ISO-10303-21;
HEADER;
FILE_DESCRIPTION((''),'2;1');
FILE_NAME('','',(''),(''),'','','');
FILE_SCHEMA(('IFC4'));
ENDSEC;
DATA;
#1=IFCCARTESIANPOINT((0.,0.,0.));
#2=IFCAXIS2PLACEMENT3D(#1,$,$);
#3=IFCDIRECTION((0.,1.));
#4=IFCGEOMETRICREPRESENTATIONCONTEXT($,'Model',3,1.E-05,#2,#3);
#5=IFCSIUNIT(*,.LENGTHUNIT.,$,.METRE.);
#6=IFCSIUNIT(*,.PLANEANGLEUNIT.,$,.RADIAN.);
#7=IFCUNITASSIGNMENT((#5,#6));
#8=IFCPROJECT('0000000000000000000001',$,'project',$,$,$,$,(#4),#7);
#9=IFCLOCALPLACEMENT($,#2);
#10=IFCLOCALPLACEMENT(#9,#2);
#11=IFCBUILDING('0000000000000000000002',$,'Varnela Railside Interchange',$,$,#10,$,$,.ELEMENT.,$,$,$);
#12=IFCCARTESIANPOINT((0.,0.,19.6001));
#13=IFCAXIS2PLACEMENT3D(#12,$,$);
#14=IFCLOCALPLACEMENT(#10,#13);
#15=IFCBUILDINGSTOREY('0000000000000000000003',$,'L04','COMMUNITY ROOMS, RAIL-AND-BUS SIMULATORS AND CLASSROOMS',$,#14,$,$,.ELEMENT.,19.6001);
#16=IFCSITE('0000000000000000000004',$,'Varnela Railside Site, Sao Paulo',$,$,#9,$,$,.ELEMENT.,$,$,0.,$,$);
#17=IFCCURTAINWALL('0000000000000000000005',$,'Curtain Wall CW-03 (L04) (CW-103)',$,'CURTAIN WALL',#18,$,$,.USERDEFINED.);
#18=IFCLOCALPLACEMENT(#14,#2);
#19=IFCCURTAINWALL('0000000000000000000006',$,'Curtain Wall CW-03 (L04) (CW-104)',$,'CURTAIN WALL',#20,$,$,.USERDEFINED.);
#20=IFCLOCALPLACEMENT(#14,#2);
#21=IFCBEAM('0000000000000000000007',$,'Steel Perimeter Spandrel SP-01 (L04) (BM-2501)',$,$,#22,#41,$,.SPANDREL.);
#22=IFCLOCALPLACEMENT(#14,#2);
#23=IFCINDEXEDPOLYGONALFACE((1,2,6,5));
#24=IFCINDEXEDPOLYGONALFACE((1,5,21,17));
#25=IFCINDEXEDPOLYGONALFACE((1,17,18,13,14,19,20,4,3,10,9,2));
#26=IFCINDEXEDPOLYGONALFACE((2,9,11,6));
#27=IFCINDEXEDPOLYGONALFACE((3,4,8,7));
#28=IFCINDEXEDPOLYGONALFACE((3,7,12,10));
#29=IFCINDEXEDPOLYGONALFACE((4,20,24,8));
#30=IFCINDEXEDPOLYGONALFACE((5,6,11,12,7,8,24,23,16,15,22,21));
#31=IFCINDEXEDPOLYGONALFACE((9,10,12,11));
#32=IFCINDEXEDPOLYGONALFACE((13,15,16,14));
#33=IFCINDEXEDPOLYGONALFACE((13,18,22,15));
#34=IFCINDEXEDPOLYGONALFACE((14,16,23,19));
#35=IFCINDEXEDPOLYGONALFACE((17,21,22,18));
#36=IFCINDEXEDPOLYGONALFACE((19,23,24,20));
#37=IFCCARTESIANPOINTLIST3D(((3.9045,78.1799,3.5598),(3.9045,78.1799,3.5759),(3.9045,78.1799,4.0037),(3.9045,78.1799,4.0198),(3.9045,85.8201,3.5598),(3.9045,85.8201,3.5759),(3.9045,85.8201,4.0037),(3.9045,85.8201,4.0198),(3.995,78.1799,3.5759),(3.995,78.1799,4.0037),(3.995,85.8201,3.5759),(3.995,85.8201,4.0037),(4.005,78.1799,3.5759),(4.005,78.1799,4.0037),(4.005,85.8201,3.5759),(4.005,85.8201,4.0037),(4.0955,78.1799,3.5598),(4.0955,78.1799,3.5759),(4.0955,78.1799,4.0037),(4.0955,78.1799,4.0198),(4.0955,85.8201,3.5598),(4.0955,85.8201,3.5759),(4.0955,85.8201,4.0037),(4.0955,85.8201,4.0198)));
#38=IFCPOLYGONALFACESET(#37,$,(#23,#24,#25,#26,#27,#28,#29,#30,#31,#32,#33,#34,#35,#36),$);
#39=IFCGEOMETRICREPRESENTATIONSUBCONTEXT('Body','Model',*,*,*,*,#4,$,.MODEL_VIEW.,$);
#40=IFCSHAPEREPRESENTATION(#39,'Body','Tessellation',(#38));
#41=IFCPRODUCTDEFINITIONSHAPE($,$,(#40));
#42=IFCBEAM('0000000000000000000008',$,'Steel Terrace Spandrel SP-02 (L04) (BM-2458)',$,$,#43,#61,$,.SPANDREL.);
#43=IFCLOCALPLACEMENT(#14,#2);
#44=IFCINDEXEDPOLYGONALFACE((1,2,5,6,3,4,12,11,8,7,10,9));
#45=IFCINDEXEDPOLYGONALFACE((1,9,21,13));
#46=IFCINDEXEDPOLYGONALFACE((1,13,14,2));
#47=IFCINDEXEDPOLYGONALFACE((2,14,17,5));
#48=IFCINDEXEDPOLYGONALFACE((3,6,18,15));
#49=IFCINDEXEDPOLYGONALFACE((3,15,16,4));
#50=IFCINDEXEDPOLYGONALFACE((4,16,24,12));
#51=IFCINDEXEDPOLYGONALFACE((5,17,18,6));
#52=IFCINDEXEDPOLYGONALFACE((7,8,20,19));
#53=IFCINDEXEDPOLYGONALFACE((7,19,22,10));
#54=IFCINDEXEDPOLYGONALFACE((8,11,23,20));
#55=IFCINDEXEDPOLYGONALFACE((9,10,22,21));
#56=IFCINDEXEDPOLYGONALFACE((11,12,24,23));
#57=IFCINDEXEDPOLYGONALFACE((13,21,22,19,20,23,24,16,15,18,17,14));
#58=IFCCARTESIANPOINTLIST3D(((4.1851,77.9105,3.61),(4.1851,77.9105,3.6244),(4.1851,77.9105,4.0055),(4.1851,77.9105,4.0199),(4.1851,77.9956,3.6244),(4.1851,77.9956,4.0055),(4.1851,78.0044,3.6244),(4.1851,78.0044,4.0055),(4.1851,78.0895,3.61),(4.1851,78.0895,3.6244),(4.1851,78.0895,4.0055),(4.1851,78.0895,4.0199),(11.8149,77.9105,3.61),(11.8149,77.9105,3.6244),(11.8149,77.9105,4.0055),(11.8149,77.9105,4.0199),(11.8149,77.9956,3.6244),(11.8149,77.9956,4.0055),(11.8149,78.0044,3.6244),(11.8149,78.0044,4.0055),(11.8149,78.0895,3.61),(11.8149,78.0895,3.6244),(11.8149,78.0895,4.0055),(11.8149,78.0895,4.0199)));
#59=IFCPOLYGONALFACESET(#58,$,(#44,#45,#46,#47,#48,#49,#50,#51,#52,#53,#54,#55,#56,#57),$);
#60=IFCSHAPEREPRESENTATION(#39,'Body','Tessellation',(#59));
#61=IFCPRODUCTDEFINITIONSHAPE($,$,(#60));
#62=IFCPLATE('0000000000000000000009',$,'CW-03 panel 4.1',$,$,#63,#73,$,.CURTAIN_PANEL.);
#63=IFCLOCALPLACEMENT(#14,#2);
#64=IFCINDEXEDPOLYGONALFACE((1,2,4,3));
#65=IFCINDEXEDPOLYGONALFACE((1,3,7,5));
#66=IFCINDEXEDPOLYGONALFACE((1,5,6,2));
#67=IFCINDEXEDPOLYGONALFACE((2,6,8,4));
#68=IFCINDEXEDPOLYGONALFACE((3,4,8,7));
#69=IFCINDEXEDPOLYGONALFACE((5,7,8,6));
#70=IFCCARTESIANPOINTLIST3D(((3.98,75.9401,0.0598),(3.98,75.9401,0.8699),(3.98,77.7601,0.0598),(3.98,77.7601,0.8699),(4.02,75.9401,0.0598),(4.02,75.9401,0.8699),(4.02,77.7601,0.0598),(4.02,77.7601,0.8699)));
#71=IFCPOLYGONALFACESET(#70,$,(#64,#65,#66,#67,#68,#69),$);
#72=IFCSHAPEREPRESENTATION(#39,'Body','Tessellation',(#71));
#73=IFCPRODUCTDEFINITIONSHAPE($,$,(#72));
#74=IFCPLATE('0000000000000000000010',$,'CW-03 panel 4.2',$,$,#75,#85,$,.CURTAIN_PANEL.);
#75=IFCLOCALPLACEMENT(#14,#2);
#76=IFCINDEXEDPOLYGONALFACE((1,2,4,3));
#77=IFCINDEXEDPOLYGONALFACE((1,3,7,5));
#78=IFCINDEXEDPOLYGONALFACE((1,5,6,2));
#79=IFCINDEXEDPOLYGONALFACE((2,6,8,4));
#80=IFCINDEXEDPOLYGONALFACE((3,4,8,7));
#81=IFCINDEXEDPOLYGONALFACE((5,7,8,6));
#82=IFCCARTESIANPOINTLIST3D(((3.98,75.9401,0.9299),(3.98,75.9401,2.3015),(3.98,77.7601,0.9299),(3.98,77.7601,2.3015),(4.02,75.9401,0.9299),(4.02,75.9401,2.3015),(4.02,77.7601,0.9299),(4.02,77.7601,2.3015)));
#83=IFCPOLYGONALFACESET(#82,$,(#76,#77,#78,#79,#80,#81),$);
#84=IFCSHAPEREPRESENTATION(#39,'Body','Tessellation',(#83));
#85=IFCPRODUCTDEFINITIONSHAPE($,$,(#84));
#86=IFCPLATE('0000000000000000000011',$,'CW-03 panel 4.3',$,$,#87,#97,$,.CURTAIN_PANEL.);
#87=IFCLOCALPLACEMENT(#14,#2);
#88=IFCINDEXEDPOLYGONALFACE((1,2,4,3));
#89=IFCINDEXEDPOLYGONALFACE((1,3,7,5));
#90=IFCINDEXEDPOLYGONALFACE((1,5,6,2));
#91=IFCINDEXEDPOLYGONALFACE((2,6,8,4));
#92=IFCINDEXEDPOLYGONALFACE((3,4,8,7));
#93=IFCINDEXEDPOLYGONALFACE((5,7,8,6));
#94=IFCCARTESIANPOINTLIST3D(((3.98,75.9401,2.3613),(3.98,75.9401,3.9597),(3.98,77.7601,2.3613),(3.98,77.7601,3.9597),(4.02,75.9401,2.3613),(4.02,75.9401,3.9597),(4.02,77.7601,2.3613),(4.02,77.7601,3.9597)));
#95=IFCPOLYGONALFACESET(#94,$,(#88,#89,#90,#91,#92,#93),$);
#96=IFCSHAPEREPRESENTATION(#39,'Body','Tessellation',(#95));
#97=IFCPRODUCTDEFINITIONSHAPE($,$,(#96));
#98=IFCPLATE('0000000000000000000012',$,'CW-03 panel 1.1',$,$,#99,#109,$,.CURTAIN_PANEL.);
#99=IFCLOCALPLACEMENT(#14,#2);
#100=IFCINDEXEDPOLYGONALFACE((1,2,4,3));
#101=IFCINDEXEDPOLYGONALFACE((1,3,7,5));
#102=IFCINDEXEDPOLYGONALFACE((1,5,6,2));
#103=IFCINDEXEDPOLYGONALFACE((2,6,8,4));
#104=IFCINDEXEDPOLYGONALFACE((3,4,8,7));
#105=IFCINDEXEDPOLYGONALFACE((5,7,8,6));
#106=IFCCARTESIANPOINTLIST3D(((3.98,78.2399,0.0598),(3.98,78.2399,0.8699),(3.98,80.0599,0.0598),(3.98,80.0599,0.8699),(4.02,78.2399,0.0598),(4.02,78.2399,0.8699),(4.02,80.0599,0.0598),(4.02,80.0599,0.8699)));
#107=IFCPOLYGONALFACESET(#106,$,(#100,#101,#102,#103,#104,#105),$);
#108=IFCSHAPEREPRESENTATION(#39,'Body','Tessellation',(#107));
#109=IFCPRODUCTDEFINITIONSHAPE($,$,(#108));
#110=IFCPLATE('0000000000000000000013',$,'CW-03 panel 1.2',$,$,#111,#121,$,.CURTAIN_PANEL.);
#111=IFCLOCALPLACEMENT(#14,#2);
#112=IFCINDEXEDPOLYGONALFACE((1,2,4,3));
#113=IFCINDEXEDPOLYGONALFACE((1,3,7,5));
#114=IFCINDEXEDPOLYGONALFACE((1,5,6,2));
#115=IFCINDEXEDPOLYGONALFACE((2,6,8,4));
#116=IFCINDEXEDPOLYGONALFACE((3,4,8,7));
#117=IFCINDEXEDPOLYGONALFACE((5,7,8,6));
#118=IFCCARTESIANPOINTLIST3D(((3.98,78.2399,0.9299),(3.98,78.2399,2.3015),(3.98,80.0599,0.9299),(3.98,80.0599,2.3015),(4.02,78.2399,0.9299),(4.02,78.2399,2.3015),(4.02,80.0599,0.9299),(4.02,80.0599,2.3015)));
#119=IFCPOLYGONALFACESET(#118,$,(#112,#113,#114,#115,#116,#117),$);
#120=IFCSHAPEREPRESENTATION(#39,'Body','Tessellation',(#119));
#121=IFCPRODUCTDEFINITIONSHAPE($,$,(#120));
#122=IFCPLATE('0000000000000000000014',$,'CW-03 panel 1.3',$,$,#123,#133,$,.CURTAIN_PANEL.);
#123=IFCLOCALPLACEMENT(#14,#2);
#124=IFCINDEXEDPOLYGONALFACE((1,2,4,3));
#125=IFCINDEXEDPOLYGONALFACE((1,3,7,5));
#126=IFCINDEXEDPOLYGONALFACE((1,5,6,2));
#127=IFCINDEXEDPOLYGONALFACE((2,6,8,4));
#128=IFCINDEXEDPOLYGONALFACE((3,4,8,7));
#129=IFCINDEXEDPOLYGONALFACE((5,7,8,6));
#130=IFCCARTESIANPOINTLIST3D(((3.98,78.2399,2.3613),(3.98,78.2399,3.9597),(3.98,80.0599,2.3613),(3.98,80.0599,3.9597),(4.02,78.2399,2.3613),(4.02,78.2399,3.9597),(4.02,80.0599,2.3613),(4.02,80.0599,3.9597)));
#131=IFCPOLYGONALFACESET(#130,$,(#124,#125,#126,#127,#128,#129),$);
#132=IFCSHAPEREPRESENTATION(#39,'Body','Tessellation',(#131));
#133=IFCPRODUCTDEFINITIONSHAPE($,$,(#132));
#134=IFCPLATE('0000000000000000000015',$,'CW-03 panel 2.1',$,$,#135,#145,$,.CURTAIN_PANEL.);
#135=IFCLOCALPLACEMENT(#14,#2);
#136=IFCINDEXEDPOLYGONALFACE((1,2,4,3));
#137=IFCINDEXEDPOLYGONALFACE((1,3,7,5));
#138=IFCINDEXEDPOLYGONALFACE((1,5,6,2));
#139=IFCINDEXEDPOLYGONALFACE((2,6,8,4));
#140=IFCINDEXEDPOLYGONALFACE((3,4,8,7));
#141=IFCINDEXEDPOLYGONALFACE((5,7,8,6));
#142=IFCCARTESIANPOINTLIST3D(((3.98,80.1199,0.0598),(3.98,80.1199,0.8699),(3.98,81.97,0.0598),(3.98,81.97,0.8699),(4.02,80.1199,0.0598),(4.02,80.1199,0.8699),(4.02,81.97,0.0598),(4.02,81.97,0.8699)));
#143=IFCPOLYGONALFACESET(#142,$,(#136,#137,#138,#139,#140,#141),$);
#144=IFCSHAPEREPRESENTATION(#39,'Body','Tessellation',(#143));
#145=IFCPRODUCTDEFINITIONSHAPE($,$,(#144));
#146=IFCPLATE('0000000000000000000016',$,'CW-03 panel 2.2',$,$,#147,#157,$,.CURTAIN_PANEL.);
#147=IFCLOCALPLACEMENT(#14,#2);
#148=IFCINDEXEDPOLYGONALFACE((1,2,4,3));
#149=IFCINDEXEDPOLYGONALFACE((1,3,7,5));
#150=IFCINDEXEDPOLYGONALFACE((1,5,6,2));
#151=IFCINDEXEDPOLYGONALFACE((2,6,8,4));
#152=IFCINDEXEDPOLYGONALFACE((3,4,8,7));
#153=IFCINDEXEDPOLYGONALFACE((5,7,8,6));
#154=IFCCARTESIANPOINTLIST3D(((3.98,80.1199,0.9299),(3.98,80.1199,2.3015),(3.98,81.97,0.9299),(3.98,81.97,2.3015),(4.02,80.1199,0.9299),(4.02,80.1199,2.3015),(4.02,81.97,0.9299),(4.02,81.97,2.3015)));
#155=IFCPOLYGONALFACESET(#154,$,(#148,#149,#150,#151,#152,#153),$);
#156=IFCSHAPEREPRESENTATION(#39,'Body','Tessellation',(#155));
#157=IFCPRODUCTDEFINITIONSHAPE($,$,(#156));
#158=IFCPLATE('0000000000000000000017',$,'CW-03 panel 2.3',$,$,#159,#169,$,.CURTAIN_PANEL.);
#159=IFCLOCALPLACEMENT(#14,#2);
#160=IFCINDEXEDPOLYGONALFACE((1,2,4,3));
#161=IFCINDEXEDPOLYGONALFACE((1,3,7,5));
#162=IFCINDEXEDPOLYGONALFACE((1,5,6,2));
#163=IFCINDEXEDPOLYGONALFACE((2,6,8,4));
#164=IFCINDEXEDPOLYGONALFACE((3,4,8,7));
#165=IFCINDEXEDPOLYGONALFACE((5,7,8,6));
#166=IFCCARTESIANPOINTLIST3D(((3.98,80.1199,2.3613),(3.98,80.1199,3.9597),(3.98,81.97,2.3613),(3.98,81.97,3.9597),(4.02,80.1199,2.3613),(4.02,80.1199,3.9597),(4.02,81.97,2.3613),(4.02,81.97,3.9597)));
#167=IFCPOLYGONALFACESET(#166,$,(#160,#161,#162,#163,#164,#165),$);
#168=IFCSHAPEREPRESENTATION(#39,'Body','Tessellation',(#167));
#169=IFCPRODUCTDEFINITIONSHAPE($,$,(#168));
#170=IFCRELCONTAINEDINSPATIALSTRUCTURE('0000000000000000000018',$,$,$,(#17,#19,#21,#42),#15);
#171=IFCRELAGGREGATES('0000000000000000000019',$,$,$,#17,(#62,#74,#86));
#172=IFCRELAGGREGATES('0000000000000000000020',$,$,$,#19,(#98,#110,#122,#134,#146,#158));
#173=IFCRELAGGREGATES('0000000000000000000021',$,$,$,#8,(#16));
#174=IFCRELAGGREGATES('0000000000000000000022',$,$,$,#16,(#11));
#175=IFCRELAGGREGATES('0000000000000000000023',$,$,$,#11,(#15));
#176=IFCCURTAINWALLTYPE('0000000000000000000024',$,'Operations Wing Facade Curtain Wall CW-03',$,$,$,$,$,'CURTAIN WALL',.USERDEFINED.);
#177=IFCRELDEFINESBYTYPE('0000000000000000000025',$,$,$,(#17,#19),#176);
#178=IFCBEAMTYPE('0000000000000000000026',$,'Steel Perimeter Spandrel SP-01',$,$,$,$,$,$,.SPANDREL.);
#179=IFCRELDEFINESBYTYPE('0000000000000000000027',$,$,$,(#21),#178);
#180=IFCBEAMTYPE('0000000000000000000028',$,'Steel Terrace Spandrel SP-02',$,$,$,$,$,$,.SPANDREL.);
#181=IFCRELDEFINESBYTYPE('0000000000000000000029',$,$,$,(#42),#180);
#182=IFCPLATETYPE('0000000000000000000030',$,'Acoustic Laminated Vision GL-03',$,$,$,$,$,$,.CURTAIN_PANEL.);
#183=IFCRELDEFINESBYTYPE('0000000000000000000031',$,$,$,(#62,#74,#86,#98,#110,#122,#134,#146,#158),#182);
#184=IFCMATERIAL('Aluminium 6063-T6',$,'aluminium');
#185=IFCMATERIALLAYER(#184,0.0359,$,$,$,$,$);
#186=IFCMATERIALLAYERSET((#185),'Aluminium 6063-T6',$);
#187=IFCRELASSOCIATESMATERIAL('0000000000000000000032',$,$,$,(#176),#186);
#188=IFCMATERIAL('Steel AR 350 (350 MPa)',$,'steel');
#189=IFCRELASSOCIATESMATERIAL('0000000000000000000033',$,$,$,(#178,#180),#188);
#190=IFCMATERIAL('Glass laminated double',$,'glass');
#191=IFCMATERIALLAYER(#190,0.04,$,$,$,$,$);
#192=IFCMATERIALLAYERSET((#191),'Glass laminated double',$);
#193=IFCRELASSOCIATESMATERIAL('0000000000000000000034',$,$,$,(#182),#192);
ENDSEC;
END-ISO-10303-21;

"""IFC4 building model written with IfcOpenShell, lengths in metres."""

from ifc_helpers import new_model, si_unit, direction, frame, origin, origin_2d, place, context, subcontext, project, spatial, rectangle, i_section, extrude, material, layer, layer_set, material_profile, profile_set, type_object, element, aggregate, save


model = new_model("IFC4")

# Units and contexts
model_context = context("Model", 3, precision=1e-05, world=origin(), true_north=direction((0.0, 1.0)))
body_context = subcontext(model_context, "Body", "Model", "MODEL_VIEW")
ifc_project = project(units=[si_unit("LENGTHUNIT", "METRE"), si_unit("PLANEANGLEUNIT", "RADIAN")], contexts=[model_context])

# Site, building, storey
site_placement = place(None, origin())
site = spatial("IfcSite", under=ifc_project, at=site_placement, Name="Varnela Railside Site, Sao Paulo", CompositionType="ELEMENT", RefElevation=0.0)
building_placement = place(site_placement, origin())
building = spatial("IfcBuilding", under=site, at=building_placement, Name="Varnela Railside Interchange", CompositionType="ELEMENT")
storey_placement = place(building_placement, frame((0.0, 0.0, 19.6001)))
storey = spatial("IfcBuildingStorey", under=building, at=storey_placement, Name="L04", Description="COMMUNITY ROOMS, RAIL-AND-BUS SIMULATORS AND CLASSROOMS", CompositionType="ELEMENT", Elevation=19.6001)

# Shared definitions
ifc_material_1 = material(Name="Steel AR 350 (350 MPa)", Category="steel")

# Curtain wall
ifc_material_2 = material(Name="Aluminium 6063-T6", Category="aluminium")
ifc_layer_1 = layer(ifc_material_2, 0.0359)
ifc_layer_set_1 = layer_set([ifc_layer_1], Name="Aluminium 6063-T6")
curtain_wall_type = type_object("IfcCurtainWallType", Name="Operations Wing Facade Curtain Wall CW-03", ElementType="CURTAIN WALL", PredefinedType="USERDEFINED", material=ifc_layer_set_1)
curtain_wall_1_placement = place(storey_placement, origin())
curtain_wall_1 = element("IfcCurtainWall", 1, at=curtain_wall_1_placement, inside=storey, type_object=curtain_wall_type, Name="Curtain Wall CW-03 (L04) (CW-103)", ObjectType="CURTAIN WALL", PredefinedType="USERDEFINED")

# Curtain wall
curtain_wall_2_placement = place(storey_placement, origin())
curtain_wall_2 = element("IfcCurtainWall", 2, at=curtain_wall_2_placement, inside=storey, type_object=curtain_wall_type, Name="Curtain Wall CW-03 (L04) (CW-104)", ObjectType="CURTAIN WALL", PredefinedType="USERDEFINED")

# Beams
ifc_material_profile_1 = material_profile(ifc_material_1, i_section(OverallWidth=0.1909, OverallDepth=0.46, WebThickness=0.01, FlangeThickness=0.0161, at=origin_2d()), Name="W460x82")
ifc_profile_set_1 = profile_set([ifc_material_profile_1], Name="Steel AR 350 (350 MPa)")
beam_type_1 = type_object("IfcBeamType", Name="Steel Perimeter Spandrel SP-01", PredefinedType="SPANDREL", material=ifc_profile_set_1)
beam_1_placement = place(storey_placement, frame((4.0, 78.1799, 3.7898), z_axis=(0.0, 1.0, 0.0), x_axis=(-1.0, 0.0, 0.0)))
element("IfcBeam", 3, at=beam_1_placement, inside=storey, type_object=beam_type_1, Name="Steel Perimeter Spandrel SP-01 (L04) (BM-2501)", PredefinedType="SPANDREL", context=body_context, shape_type="SweptSolid", body=[
    extrude(i_section(OverallWidth=0.1909, OverallDepth=0.46, WebThickness=0.01, FlangeThickness=0.0161, at=origin_2d()), origin(), (0.0, 0.0, 1.0), 7.6401),
])
ifc_material_profile_2 = material_profile(ifc_material_1, i_section(OverallWidth=0.179, OverallDepth=0.4099, WebThickness=0.0088, FlangeThickness=0.0144, at=origin_2d()), Name="W410x67")
ifc_profile_set_2 = profile_set([ifc_material_profile_2], Name="Steel AR 350 (350 MPa)")
beam_type_2 = type_object("IfcBeamType", Name="Steel Terrace Spandrel SP-02", PredefinedType="SPANDREL", material=ifc_profile_set_2)
beam_2_placement = place(storey_placement, frame((4.1851, 78.0, 3.8149), z_axis=(1.0, 0.0, 0.0), x_axis=(0.0, 1.0, 0.0)))
element("IfcBeam", 4, at=beam_2_placement, inside=storey, type_object=beam_type_2, Name="Steel Terrace Spandrel SP-02 (L04) (BM-2458)", PredefinedType="SPANDREL", context=body_context, shape_type="SweptSolid", body=[
    extrude(i_section(OverallWidth=0.179, OverallDepth=0.4099, WebThickness=0.0088, FlangeThickness=0.0144, at=origin_2d()), origin(), (0.0, 0.0, 1.0), 7.6299),
])

# Plates
ifc_material_3 = material(Name="Glass laminated double", Category="glass")
ifc_layer_2 = layer(ifc_material_3, 0.04)
ifc_layer_set_2 = layer_set([ifc_layer_2], Name="Glass laminated double")
plate_type = type_object("IfcPlateType", Name="Acoustic Laminated Vision GL-03", PredefinedType="CURTAIN_PANEL", material=ifc_layer_set_2)
plate_1_placement = place(storey_placement, frame((4.0, 76.8501, 0.0598), z_axis=(0.0, 0.0, 1.0), x_axis=(0.0, 1.0, 0.0)))
plate_1 = element("IfcPlate", 5, at=plate_1_placement, type_object=plate_type, Name="CW-03 panel 4.1", PredefinedType="CURTAIN_PANEL", context=body_context, shape_type="SweptSolid", body=[
    extrude(rectangle(XDim=1.8201, YDim=0.04, at=origin_2d()), origin(), (0.0, 0.0, 1.0), 0.8101),
])
plate_2_placement = place(storey_placement, frame((4.0, 76.8501, 0.9299), z_axis=(0.0, 0.0, 1.0), x_axis=(0.0, 1.0, 0.0)))
plate_2 = element("IfcPlate", 6, at=plate_2_placement, type_object=plate_type, Name="CW-03 panel 4.2", PredefinedType="CURTAIN_PANEL", context=body_context, shape_type="SweptSolid", body=[
    extrude(rectangle(XDim=1.8201, YDim=0.04, at=origin_2d()), origin(), (0.0, 0.0, 1.0), 1.3716),
])
plate_3_placement = place(storey_placement, frame((4.0, 76.8501, 2.3613), z_axis=(0.0, 0.0, 1.0), x_axis=(0.0, 1.0, 0.0)))
plate_3 = element("IfcPlate", 7, at=plate_3_placement, type_object=plate_type, Name="CW-03 panel 4.3", PredefinedType="CURTAIN_PANEL", context=body_context, shape_type="SweptSolid", body=[
    extrude(rectangle(XDim=1.8201, YDim=0.04, at=origin_2d()), origin(), (0.0, 0.0, 1.0), 1.5984),
])
aggregate(curtain_wall_1, [plate_1, plate_2, plate_3])
plate_4_placement = place(storey_placement, frame((4.0, 79.1499, 0.0598), z_axis=(0.0, 0.0, 1.0), x_axis=(0.0, 1.0, 0.0)))
plate_4 = element("IfcPlate", 8, at=plate_4_placement, type_object=plate_type, Name="CW-03 panel 1.1", PredefinedType="CURTAIN_PANEL", context=body_context, shape_type="SweptSolid", body=[
    extrude(rectangle(XDim=1.8201, YDim=0.04, at=origin_2d()), origin(), (0.0, 0.0, 1.0), 0.8101),
])
plate_5_placement = place(storey_placement, frame((4.0, 79.1499, 0.9299), z_axis=(0.0, 0.0, 1.0), x_axis=(0.0, 1.0, 0.0)))
plate_5 = element("IfcPlate", 9, at=plate_5_placement, type_object=plate_type, Name="CW-03 panel 1.2", PredefinedType="CURTAIN_PANEL", context=body_context, shape_type="SweptSolid", body=[
    extrude(rectangle(XDim=1.8201, YDim=0.04, at=origin_2d()), origin(), (0.0, 0.0, 1.0), 1.3716),
])
plate_6_placement = place(storey_placement, frame((4.0, 79.1499, 2.3613), z_axis=(0.0, 0.0, 1.0), x_axis=(0.0, 1.0, 0.0)))
plate_6 = element("IfcPlate", 10, at=plate_6_placement, type_object=plate_type, Name="CW-03 panel 1.3", PredefinedType="CURTAIN_PANEL", context=body_context, shape_type="SweptSolid", body=[
    extrude(rectangle(XDim=1.8201, YDim=0.04, at=origin_2d()), origin(), (0.0, 0.0, 1.0), 1.5984),
])
plate_7_placement = place(storey_placement, frame((4.0, 81.0449, 0.0598), z_axis=(0.0, 0.0, 1.0), x_axis=(0.0, 1.0, 0.0)))
plate_7 = element("IfcPlate", 11, at=plate_7_placement, type_object=plate_type, Name="CW-03 panel 2.1", PredefinedType="CURTAIN_PANEL", context=body_context, shape_type="SweptSolid", body=[
    extrude(rectangle(XDim=1.8501, YDim=0.04, at=origin_2d()), origin(), (0.0, 0.0, 1.0), 0.8101),
])
plate_8_placement = place(storey_placement, frame((4.0, 81.0449, 0.9299), z_axis=(0.0, 0.0, 1.0), x_axis=(0.0, 1.0, 0.0)))
plate_8 = element("IfcPlate", 12, at=plate_8_placement, type_object=plate_type, Name="CW-03 panel 2.2", PredefinedType="CURTAIN_PANEL", context=body_context, shape_type="SweptSolid", body=[
    extrude(rectangle(XDim=1.8501, YDim=0.04, at=origin_2d()), origin(), (0.0, 0.0, 1.0), 1.3716),
])
plate_9_placement = place(storey_placement, frame((4.0, 81.0449, 2.3613), z_axis=(0.0, 0.0, 1.0), x_axis=(0.0, 1.0, 0.0)))
plate_9 = element("IfcPlate", 13, at=plate_9_placement, type_object=plate_type, Name="CW-03 panel 2.3", PredefinedType="CURTAIN_PANEL", context=body_context, shape_type="SweptSolid", body=[
    extrude(rectangle(XDim=1.8501, YDim=0.04, at=origin_2d()), origin(), (0.0, 0.0, 1.0), 1.5984),
])
aggregate(curtain_wall_2, [plate_4, plate_5, plate_6, plate_7, plate_8, plate_9])

save(model, "model.ifc")
